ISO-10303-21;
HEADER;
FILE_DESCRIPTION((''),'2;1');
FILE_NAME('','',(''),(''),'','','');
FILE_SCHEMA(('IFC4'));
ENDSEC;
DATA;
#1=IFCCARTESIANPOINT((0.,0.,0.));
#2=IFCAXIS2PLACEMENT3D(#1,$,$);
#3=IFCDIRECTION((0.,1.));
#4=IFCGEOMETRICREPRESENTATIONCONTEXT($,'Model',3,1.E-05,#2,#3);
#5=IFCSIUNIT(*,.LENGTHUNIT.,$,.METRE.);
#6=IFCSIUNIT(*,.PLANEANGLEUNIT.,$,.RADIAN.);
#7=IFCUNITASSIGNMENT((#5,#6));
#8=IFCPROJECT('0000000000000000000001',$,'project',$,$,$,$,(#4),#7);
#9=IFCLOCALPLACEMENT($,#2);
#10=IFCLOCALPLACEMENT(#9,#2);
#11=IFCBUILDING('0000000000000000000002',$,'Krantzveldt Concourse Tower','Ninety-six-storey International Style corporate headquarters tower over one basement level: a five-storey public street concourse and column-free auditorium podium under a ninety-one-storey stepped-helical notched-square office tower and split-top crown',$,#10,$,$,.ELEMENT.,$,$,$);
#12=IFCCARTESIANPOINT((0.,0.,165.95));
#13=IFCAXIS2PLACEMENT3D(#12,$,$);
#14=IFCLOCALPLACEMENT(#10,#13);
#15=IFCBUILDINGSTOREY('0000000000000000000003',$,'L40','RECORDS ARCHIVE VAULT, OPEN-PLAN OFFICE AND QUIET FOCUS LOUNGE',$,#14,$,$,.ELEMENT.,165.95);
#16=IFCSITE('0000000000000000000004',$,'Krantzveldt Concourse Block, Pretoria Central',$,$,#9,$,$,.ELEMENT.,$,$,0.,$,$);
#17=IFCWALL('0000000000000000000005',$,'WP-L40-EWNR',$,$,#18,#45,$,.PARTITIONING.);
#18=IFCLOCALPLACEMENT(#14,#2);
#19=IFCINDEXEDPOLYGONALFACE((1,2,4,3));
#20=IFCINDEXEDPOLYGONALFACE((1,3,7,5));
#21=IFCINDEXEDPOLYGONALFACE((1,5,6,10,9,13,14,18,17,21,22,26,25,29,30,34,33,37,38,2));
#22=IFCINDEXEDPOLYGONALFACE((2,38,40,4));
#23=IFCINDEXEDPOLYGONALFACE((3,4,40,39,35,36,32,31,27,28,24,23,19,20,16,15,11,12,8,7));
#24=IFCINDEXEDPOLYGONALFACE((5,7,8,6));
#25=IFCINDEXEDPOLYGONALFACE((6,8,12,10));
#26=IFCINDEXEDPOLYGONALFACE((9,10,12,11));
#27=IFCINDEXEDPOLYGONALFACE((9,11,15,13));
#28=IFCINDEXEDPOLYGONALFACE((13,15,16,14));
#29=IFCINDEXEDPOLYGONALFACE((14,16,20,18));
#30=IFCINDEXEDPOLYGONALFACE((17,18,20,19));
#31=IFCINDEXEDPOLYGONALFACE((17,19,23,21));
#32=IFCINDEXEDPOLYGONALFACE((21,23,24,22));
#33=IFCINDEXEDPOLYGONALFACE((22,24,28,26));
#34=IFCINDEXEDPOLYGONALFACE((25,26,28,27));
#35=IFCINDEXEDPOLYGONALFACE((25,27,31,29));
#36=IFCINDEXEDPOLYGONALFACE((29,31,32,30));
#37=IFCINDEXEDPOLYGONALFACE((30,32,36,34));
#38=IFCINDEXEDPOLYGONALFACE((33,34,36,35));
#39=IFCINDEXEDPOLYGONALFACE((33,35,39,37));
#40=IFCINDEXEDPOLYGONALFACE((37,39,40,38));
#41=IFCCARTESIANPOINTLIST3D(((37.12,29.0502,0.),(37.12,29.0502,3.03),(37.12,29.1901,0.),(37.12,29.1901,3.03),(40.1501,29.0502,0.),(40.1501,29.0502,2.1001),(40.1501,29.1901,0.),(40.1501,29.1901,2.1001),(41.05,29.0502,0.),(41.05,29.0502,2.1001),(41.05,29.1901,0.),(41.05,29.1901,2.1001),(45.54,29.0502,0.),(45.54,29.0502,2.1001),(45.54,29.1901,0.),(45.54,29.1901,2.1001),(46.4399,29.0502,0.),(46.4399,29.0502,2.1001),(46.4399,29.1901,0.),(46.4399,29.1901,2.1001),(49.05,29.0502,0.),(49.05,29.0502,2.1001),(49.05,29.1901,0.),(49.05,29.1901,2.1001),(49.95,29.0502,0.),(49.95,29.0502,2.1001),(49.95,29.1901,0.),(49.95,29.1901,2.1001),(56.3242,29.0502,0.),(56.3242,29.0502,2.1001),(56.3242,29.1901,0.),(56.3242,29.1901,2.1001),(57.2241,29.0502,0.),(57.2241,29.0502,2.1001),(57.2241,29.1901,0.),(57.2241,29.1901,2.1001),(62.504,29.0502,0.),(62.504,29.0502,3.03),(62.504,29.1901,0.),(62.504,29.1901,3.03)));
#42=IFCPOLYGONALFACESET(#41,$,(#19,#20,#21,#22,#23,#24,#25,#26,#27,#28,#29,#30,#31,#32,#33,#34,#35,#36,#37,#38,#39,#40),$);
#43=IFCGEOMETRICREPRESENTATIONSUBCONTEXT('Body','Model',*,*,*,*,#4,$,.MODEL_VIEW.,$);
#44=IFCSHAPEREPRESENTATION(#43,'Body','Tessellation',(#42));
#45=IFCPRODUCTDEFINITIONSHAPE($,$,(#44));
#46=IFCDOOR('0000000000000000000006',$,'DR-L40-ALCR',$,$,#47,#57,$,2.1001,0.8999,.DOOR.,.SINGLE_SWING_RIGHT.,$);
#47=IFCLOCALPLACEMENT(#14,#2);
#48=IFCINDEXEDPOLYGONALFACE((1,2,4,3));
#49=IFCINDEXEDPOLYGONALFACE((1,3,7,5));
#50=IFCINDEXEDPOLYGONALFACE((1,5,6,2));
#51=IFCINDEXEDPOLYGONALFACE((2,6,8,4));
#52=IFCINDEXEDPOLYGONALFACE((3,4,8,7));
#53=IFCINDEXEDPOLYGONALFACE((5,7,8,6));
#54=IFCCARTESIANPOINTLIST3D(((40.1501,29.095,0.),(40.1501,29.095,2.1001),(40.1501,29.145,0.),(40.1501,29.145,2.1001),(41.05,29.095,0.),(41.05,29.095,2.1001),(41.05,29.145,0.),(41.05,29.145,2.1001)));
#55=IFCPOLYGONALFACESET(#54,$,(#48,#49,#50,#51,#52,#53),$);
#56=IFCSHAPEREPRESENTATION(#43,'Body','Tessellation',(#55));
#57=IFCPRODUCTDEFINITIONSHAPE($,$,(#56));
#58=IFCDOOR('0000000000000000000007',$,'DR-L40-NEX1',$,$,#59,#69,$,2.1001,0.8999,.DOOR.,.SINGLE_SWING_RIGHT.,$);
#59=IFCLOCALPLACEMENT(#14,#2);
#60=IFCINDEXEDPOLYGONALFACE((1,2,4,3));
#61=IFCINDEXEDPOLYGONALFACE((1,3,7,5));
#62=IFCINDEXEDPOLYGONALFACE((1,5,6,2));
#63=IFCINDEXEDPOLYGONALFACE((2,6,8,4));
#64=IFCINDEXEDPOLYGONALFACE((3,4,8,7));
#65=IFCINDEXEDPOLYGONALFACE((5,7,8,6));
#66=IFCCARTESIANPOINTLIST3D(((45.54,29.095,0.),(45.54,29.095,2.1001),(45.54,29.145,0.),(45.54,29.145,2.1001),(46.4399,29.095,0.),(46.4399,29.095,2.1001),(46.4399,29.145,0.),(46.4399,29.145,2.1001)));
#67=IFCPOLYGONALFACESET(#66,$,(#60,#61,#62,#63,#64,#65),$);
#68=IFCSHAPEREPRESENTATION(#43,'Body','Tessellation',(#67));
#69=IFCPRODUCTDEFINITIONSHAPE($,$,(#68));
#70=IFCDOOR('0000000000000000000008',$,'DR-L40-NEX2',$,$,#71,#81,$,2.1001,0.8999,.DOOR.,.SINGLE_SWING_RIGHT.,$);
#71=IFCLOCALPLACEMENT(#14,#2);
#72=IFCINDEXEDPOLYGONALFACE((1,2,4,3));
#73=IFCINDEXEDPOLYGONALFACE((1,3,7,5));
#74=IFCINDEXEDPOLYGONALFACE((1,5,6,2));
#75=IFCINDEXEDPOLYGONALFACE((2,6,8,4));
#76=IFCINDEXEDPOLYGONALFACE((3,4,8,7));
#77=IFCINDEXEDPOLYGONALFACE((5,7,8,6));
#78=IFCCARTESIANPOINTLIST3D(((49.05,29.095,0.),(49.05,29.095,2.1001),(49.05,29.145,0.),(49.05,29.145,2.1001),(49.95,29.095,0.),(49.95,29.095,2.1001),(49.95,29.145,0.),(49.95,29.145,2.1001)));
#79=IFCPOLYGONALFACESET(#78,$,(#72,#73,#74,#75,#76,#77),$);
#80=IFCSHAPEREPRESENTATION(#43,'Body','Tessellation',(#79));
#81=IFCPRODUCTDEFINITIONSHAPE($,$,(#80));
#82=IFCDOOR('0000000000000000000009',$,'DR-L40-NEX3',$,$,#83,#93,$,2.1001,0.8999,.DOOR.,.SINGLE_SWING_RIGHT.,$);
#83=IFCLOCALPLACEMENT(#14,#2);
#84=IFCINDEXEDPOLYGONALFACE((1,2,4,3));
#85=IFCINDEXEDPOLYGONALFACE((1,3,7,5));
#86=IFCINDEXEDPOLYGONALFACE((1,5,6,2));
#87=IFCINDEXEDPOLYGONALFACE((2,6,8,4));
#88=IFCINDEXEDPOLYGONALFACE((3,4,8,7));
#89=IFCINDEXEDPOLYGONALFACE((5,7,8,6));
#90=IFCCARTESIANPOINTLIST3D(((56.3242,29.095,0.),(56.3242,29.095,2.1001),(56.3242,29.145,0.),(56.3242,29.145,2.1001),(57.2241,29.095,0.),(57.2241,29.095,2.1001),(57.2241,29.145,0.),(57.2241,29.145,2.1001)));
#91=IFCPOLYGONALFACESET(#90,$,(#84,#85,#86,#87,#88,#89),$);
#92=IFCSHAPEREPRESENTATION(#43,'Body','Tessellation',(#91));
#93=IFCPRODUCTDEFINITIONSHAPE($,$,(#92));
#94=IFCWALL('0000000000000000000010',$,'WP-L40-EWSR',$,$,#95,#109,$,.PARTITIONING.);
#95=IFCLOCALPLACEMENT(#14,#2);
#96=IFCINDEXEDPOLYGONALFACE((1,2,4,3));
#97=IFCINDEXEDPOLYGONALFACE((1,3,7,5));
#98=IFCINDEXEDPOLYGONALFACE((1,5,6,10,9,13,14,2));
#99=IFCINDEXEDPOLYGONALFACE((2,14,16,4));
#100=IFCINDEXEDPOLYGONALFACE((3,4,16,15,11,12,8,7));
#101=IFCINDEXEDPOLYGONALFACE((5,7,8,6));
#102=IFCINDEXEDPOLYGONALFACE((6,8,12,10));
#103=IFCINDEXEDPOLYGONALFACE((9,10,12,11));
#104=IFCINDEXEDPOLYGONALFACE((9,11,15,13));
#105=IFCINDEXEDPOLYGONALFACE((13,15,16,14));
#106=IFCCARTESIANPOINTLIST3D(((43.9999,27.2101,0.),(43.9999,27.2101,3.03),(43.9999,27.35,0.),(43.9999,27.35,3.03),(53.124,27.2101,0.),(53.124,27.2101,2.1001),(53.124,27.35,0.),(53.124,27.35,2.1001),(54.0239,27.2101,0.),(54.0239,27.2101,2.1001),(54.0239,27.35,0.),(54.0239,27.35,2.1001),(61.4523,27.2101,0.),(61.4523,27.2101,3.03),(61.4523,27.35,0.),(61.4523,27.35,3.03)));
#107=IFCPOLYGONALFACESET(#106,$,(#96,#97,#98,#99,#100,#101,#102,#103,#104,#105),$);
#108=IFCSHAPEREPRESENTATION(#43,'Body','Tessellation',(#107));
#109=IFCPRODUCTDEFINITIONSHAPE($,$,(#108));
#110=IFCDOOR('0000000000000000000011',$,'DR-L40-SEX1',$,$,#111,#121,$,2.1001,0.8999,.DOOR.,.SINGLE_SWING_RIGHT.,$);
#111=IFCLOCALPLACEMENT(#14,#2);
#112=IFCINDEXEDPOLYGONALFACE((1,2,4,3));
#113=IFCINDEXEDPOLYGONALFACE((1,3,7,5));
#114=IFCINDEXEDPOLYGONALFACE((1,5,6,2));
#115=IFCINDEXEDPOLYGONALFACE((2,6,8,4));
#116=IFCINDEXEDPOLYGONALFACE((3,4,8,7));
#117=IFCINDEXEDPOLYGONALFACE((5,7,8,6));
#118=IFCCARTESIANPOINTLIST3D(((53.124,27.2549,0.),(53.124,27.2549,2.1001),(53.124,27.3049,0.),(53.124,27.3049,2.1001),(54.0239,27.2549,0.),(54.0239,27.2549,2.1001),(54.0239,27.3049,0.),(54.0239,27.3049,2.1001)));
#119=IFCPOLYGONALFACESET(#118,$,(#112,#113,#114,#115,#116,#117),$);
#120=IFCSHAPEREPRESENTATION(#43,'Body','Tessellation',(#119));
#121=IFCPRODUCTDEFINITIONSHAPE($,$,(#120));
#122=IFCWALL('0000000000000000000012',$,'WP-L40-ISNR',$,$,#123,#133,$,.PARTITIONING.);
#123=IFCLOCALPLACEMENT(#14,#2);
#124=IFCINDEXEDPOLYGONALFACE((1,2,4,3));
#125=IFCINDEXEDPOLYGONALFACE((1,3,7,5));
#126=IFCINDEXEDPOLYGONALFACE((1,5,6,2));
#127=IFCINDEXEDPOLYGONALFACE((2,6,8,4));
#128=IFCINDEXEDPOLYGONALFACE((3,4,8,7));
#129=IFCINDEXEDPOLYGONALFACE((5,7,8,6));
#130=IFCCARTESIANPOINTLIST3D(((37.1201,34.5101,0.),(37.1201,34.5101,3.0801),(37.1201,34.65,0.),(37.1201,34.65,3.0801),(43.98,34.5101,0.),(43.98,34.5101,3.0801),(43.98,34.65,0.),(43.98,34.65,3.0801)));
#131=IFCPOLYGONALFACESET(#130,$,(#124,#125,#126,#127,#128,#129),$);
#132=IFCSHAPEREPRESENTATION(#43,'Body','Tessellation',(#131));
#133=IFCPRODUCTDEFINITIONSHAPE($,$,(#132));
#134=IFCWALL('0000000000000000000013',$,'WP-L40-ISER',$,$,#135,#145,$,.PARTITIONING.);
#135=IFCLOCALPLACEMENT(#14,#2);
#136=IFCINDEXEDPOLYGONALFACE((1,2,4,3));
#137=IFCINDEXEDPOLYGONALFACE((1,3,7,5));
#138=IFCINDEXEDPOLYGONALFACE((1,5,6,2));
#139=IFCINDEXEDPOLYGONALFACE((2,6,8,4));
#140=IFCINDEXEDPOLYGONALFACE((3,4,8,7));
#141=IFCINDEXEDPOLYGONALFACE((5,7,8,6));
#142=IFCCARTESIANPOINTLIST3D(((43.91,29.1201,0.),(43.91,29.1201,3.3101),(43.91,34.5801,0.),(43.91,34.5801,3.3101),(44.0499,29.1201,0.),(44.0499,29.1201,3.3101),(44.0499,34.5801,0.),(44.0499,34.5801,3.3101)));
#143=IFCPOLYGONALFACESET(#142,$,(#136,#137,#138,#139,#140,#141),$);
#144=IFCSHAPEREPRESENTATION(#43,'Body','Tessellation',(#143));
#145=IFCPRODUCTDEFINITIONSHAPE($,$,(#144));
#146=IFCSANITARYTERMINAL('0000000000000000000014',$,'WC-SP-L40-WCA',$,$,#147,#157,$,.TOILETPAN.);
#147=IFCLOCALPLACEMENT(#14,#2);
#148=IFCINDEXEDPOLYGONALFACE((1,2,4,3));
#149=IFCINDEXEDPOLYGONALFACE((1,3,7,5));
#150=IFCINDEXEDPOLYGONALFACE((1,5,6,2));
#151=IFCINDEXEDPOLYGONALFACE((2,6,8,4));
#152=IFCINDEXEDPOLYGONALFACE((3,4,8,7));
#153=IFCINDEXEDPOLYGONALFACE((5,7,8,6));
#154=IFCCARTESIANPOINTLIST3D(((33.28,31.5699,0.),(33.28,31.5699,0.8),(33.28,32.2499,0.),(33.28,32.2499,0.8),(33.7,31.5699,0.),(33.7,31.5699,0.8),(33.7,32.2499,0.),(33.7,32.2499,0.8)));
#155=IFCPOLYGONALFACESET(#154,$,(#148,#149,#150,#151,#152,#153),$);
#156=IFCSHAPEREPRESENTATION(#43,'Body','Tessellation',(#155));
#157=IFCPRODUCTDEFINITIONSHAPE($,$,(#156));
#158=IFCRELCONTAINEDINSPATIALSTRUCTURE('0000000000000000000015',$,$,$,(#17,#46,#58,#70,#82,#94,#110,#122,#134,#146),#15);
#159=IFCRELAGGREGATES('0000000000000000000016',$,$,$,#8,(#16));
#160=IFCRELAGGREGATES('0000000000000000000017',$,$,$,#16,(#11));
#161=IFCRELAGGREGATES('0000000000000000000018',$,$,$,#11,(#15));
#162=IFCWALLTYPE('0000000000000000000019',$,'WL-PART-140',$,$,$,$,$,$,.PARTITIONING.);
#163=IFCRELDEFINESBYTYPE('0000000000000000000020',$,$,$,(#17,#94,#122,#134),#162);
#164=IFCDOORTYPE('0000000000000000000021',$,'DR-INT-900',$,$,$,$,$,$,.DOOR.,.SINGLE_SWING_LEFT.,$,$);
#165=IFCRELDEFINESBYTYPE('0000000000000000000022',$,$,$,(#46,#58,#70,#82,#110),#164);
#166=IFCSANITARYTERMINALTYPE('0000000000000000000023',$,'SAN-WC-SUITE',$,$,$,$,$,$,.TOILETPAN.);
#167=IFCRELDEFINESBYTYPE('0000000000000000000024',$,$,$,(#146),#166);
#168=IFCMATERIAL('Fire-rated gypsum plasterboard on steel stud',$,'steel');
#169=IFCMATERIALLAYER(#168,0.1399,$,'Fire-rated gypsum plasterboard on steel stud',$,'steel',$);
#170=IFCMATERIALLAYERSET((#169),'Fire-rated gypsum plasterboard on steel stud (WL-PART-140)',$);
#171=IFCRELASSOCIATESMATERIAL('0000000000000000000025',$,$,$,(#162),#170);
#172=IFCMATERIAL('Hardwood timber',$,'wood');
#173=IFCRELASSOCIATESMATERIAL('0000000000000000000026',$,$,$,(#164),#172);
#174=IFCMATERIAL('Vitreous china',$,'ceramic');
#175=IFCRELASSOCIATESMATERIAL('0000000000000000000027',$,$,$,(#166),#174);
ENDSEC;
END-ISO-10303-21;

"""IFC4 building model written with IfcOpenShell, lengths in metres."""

from ifc_helpers import new_model, si_unit, direction, frame, frame_2d, origin, origin_2d, place, context, subcontext, project, spatial, rectangle, extrude, source, transform, mapped, material, layer, layer_set, type_object, type_shapes, element, fill, save


model = new_model("IFC4")

# Units and contexts
model_context = context("Model", 3, precision=1e-05, world=origin(), true_north=direction((0.0, 1.0)))
body_context = subcontext(model_context, "Body", "Model", "MODEL_VIEW")
ifc_project = project(units=[si_unit("LENGTHUNIT", "METRE"), si_unit("PLANEANGLEUNIT", "RADIAN")], contexts=[model_context])

# Site, building, storey
site_placement = place(None, origin())
site = spatial("IfcSite", under=ifc_project, at=site_placement, Name="Krantzveldt Concourse Block, Pretoria Central", CompositionType="ELEMENT", RefElevation=0.0)
building_placement = place(site_placement, origin())
building = spatial("IfcBuilding", under=site, at=building_placement, Name="Krantzveldt Concourse Tower", Description="Ninety-six-storey International Style corporate headquarters tower over one basement level: a five-storey public street concourse and column-free auditorium podium under a ninety-one-storey stepped-helical notched-square office tower and split-top crown", CompositionType="ELEMENT")
storey_placement = place(building_placement, frame((0.0, 0.0, 165.95)))
storey = spatial("IfcBuildingStorey", under=building, at=storey_placement, Name="L40", Description="RECORDS ARCHIVE VAULT, OPEN-PLAN OFFICE AND QUIET FOCUS LOUNGE", CompositionType="ELEMENT", Elevation=165.95)

# Shared definitions
ifc_material_1 = material(Name="Fire-rated gypsum plasterboard on steel stud", Category="steel")

# Wall, openings, doors
ifc_layer_1 = layer(ifc_material_1, 0.1399, Name="Fire-rated gypsum plasterboard on steel stud", Category="steel")
ifc_layer_set_1 = layer_set([ifc_layer_1], Name="Fire-rated gypsum plasterboard on steel stud (WL-PART-140)")
wall_type_1 = type_object("IfcWallType", Name="WL-PART-140", PredefinedType="PARTITIONING", material=ifc_layer_set_1)
ifc_material_2 = material(Name="Hardwood timber", Category="wood")
door_type_1 = type_object("IfcDoorType", Name="DR-INT-900", OperationType="SINGLE_SWING_LEFT", PredefinedType="DOOR", material=ifc_material_2)
wall_1_placement = place(storey_placement, frame((37.1201, 29.1201, 0.0), z_axis=(0.0, 0.0, 1.0), x_axis=(1.0, 0.0, 0.0)))
wall_1 = element("IfcWall", 1, at=wall_1_placement, inside=storey, type_object=wall_type_1, Name="WP-L40-EWNR", PredefinedType="PARTITIONING", context=body_context, shape_type="SweptSolid", body=[
    extrude(rectangle(XDim=25.384, YDim=0.1399, at=frame_2d((12.6919, 0.0))), origin(), (0.0, 0.0, 1.0), 3.03),
])
opening_1_placement = place(wall_1_placement, frame((3.03, 0.0, 0.0)))
opening_1 = element("IfcOpeningElement", 2, at=opening_1_placement, cuts=wall_1, PredefinedType="OPENING", context=body_context, shape_type="SweptSolid", body=[
    extrude(rectangle(XDim=0.8999, YDim=2.1001, at=frame_2d((0.45, 1.05))), frame((0.0, 0.0801, 0.0), z_axis=(0.0, -1.0, 0.0), x_axis=(1.0, 0.0, 0.0)), (0.0, 0.0, 1.0), 0.1599),
])
opening_2_placement = place(wall_1_placement, frame((8.4199, 0.0, 0.0)))
opening_2 = element("IfcOpeningElement", 3, at=opening_2_placement, cuts=wall_1, PredefinedType="OPENING", context=body_context, shape_type="SweptSolid", body=[
    extrude(rectangle(XDim=0.8999, YDim=2.1001, at=frame_2d((0.45, 1.05))), frame((0.0, 0.0801, 0.0), z_axis=(0.0, -1.0, 0.0), x_axis=(1.0, 0.0, 0.0)), (0.0, 0.0, 1.0), 0.1599),
])
opening_3_placement = place(wall_1_placement, frame((11.9299, 0.0, 0.0)))
opening_3 = element("IfcOpeningElement", 4, at=opening_3_placement, cuts=wall_1, PredefinedType="OPENING", context=body_context, shape_type="SweptSolid", body=[
    extrude(rectangle(XDim=0.8999, YDim=2.1001, at=frame_2d((0.45, 1.05))), frame((0.0, 0.0801, 0.0), z_axis=(0.0, -1.0, 0.0), x_axis=(1.0, 0.0, 0.0)), (0.0, 0.0, 1.0), 0.1599),
])
opening_4_placement = place(wall_1_placement, frame((19.2041, 0.0, 0.0)))
opening_4 = element("IfcOpeningElement", 5, at=opening_4_placement, cuts=wall_1, PredefinedType="OPENING", context=body_context, shape_type="SweptSolid", body=[
    extrude(rectangle(XDim=0.8999, YDim=2.1001, at=frame_2d((0.45, 1.05))), frame((0.0, 0.0801, 0.0), z_axis=(0.0, -1.0, 0.0), x_axis=(1.0, 0.0, 0.0)), (0.0, 0.0, 1.0), 0.1599),
])
door_1_placement = place(opening_1_placement, origin())
door_1 = element("IfcDoor", 6, at=door_1_placement, inside=storey, type_object=door_type_1, Name="DR-L40-ALCR", OperationType="SINGLE_SWING_RIGHT", OverallHeight=2.1001, OverallWidth=0.8999, PredefinedType="DOOR", context=body_context, shape_type="SweptSolid", body=[
    extrude(rectangle(XDim=0.8999, YDim=2.1001, at=frame_2d((0.45, 1.05))), frame((0.0, 0.0249, 0.0), z_axis=(0.0, -1.0, 0.0), x_axis=(1.0, 0.0, 0.0)), (0.0, 0.0, 1.0), 0.05),
])
fill(opening_1, door_1)
door_2_placement = place(opening_2_placement, origin())
door_2 = element("IfcDoor", 7, at=door_2_placement, inside=storey, type_object=door_type_1, Name="DR-L40-NEX1", OperationType="SINGLE_SWING_RIGHT", OverallHeight=2.1001, OverallWidth=0.8999, PredefinedType="DOOR", context=body_context, shape_type="SweptSolid", body=[
    extrude(rectangle(XDim=0.8999, YDim=2.1001, at=frame_2d((0.45, 1.05))), frame((0.0, 0.0249, 0.0), z_axis=(0.0, -1.0, 0.0), x_axis=(1.0, 0.0, 0.0)), (0.0, 0.0, 1.0), 0.05),
])
fill(opening_2, door_2)
door_3_placement = place(opening_3_placement, origin())
door_3 = element("IfcDoor", 8, at=door_3_placement, inside=storey, type_object=door_type_1, Name="DR-L40-NEX2", OperationType="SINGLE_SWING_RIGHT", OverallHeight=2.1001, OverallWidth=0.8999, PredefinedType="DOOR", context=body_context, shape_type="SweptSolid", body=[
    extrude(rectangle(XDim=0.8999, YDim=2.1001, at=frame_2d((0.45, 1.05))), frame((0.0, 0.0249, 0.0), z_axis=(0.0, -1.0, 0.0), x_axis=(1.0, 0.0, 0.0)), (0.0, 0.0, 1.0), 0.05),
])
fill(opening_3, door_3)
door_4_placement = place(opening_4_placement, origin())
door_4 = element("IfcDoor", 9, at=door_4_placement, inside=storey, type_object=door_type_1, Name="DR-L40-NEX3", OperationType="SINGLE_SWING_RIGHT", OverallHeight=2.1001, OverallWidth=0.8999, PredefinedType="DOOR", context=body_context, shape_type="SweptSolid", body=[
    extrude(rectangle(XDim=0.8999, YDim=2.1001, at=frame_2d((0.45, 1.05))), frame((0.0, 0.0249, 0.0), z_axis=(0.0, -1.0, 0.0), x_axis=(1.0, 0.0, 0.0)), (0.0, 0.0, 1.0), 0.05),
])
fill(opening_4, door_4)

# Wall, opening, door
wall_2_placement = place(storey_placement, frame((44.0, 27.28, 0.0), z_axis=(0.0, 0.0, 1.0), x_axis=(1.0, 0.0, 0.0)))
wall_2 = element("IfcWall", 10, at=wall_2_placement, inside=storey, type_object=wall_type_1, Name="WP-L40-EWSR", PredefinedType="PARTITIONING", context=body_context, shape_type="SweptSolid", body=[
    extrude(rectangle(XDim=17.4524, YDim=0.1399, at=frame_2d((8.7261, 0.0))), origin(), (0.0, 0.0, 1.0), 3.03),
])
opening_5_placement = place(wall_2_placement, frame((9.124, 0.0, 0.0)))
opening_5 = element("IfcOpeningElement", 11, at=opening_5_placement, cuts=wall_2, PredefinedType="OPENING", context=body_context, shape_type="SweptSolid", body=[
    extrude(rectangle(XDim=0.8999, YDim=2.1001, at=frame_2d((0.45, 1.05))), frame((0.0, 0.0801, 0.0), z_axis=(0.0, -1.0, 0.0), x_axis=(1.0, 0.0, 0.0)), (0.0, 0.0, 1.0), 0.1599),
])
door_5_placement = place(opening_5_placement, origin())
door_5 = element("IfcDoor", 12, at=door_5_placement, inside=storey, type_object=door_type_1, Name="DR-L40-SEX1", OperationType="SINGLE_SWING_RIGHT", OverallHeight=2.1001, OverallWidth=0.8999, PredefinedType="DOOR", context=body_context, shape_type="SweptSolid", body=[
    extrude(rectangle(XDim=0.8999, YDim=2.1001, at=frame_2d((0.45, 1.05))), frame((0.0, 0.0249, 0.0), z_axis=(0.0, -1.0, 0.0), x_axis=(1.0, 0.0, 0.0)), (0.0, 0.0, 1.0), 0.05),
])
fill(opening_5, door_5)

# Walls
wall_3_placement = place(storey_placement, frame((37.1201, 34.5801, 0.0), z_axis=(0.0, 0.0, 1.0), x_axis=(1.0, 0.0, 0.0)))
element("IfcWall", 13, at=wall_3_placement, inside=storey, type_object=wall_type_1, Name="WP-L40-ISNR", PredefinedType="PARTITIONING", context=body_context, shape_type="SweptSolid", body=[
    extrude(rectangle(XDim=6.8599, YDim=0.1399, at=frame_2d((3.4299, 0.0))), origin(), (0.0, 0.0, 1.0), 3.0801),
])
wall_4_placement = place(storey_placement, frame((43.98, 29.1201, 0.0), z_axis=(0.0, 0.0, 1.0), x_axis=(0.0, 1.0, 0.0)))
element("IfcWall", 14, at=wall_4_placement, inside=storey, type_object=wall_type_1, Name="WP-L40-ISER", PredefinedType="PARTITIONING", context=body_context, shape_type="SweptSolid", body=[
    extrude(rectangle(XDim=5.46, YDim=0.1399, at=frame_2d((2.73, 0.0))), origin(), (0.0, 0.0, 1.0), 3.3101),
])

# Sanitary terminal
ifc_material_3 = material(Name="Vitreous china", Category="ceramic")
sanitary_terminal_type_1 = type_object("IfcSanitaryTerminalType", Name="SAN-WC-SUITE", PredefinedType="TOILETPAN", material=ifc_material_3)
shared_shape_1 = source(origin(), body_context, "Body", "SweptSolid", [
    extrude(rectangle(XDim=0.4199, YDim=0.6799, at=origin_2d()), origin(), (0.0, 0.0, 1.0), 0.8),
])
type_shapes(sanitary_terminal_type_1, [shared_shape_1])
sanitary_terminal_1_placement = place(storey_placement, frame((33.49, 31.9099, 0.0), z_axis=(0.0, 0.0, 1.0), x_axis=(1.0, 0.0, 0.0)))
element("IfcSanitaryTerminal", 15, at=sanitary_terminal_1_placement, inside=storey, type_object=sanitary_terminal_type_1, Name="WC-SP-L40-WCA", PredefinedType="TOILETPAN", context=body_context, shape_type="MappedRepresentation", body=[
    mapped(shared_shape_1, transform((0.0, 0.0, 0.0), x_axis=(1.0, 0.0, 0.0), y_axis=(0.0, 1.0, 0.0), z_axis=(0.0, 0.0, 1.0), scale=1.0)),
])

save(model, "model.ifc")
